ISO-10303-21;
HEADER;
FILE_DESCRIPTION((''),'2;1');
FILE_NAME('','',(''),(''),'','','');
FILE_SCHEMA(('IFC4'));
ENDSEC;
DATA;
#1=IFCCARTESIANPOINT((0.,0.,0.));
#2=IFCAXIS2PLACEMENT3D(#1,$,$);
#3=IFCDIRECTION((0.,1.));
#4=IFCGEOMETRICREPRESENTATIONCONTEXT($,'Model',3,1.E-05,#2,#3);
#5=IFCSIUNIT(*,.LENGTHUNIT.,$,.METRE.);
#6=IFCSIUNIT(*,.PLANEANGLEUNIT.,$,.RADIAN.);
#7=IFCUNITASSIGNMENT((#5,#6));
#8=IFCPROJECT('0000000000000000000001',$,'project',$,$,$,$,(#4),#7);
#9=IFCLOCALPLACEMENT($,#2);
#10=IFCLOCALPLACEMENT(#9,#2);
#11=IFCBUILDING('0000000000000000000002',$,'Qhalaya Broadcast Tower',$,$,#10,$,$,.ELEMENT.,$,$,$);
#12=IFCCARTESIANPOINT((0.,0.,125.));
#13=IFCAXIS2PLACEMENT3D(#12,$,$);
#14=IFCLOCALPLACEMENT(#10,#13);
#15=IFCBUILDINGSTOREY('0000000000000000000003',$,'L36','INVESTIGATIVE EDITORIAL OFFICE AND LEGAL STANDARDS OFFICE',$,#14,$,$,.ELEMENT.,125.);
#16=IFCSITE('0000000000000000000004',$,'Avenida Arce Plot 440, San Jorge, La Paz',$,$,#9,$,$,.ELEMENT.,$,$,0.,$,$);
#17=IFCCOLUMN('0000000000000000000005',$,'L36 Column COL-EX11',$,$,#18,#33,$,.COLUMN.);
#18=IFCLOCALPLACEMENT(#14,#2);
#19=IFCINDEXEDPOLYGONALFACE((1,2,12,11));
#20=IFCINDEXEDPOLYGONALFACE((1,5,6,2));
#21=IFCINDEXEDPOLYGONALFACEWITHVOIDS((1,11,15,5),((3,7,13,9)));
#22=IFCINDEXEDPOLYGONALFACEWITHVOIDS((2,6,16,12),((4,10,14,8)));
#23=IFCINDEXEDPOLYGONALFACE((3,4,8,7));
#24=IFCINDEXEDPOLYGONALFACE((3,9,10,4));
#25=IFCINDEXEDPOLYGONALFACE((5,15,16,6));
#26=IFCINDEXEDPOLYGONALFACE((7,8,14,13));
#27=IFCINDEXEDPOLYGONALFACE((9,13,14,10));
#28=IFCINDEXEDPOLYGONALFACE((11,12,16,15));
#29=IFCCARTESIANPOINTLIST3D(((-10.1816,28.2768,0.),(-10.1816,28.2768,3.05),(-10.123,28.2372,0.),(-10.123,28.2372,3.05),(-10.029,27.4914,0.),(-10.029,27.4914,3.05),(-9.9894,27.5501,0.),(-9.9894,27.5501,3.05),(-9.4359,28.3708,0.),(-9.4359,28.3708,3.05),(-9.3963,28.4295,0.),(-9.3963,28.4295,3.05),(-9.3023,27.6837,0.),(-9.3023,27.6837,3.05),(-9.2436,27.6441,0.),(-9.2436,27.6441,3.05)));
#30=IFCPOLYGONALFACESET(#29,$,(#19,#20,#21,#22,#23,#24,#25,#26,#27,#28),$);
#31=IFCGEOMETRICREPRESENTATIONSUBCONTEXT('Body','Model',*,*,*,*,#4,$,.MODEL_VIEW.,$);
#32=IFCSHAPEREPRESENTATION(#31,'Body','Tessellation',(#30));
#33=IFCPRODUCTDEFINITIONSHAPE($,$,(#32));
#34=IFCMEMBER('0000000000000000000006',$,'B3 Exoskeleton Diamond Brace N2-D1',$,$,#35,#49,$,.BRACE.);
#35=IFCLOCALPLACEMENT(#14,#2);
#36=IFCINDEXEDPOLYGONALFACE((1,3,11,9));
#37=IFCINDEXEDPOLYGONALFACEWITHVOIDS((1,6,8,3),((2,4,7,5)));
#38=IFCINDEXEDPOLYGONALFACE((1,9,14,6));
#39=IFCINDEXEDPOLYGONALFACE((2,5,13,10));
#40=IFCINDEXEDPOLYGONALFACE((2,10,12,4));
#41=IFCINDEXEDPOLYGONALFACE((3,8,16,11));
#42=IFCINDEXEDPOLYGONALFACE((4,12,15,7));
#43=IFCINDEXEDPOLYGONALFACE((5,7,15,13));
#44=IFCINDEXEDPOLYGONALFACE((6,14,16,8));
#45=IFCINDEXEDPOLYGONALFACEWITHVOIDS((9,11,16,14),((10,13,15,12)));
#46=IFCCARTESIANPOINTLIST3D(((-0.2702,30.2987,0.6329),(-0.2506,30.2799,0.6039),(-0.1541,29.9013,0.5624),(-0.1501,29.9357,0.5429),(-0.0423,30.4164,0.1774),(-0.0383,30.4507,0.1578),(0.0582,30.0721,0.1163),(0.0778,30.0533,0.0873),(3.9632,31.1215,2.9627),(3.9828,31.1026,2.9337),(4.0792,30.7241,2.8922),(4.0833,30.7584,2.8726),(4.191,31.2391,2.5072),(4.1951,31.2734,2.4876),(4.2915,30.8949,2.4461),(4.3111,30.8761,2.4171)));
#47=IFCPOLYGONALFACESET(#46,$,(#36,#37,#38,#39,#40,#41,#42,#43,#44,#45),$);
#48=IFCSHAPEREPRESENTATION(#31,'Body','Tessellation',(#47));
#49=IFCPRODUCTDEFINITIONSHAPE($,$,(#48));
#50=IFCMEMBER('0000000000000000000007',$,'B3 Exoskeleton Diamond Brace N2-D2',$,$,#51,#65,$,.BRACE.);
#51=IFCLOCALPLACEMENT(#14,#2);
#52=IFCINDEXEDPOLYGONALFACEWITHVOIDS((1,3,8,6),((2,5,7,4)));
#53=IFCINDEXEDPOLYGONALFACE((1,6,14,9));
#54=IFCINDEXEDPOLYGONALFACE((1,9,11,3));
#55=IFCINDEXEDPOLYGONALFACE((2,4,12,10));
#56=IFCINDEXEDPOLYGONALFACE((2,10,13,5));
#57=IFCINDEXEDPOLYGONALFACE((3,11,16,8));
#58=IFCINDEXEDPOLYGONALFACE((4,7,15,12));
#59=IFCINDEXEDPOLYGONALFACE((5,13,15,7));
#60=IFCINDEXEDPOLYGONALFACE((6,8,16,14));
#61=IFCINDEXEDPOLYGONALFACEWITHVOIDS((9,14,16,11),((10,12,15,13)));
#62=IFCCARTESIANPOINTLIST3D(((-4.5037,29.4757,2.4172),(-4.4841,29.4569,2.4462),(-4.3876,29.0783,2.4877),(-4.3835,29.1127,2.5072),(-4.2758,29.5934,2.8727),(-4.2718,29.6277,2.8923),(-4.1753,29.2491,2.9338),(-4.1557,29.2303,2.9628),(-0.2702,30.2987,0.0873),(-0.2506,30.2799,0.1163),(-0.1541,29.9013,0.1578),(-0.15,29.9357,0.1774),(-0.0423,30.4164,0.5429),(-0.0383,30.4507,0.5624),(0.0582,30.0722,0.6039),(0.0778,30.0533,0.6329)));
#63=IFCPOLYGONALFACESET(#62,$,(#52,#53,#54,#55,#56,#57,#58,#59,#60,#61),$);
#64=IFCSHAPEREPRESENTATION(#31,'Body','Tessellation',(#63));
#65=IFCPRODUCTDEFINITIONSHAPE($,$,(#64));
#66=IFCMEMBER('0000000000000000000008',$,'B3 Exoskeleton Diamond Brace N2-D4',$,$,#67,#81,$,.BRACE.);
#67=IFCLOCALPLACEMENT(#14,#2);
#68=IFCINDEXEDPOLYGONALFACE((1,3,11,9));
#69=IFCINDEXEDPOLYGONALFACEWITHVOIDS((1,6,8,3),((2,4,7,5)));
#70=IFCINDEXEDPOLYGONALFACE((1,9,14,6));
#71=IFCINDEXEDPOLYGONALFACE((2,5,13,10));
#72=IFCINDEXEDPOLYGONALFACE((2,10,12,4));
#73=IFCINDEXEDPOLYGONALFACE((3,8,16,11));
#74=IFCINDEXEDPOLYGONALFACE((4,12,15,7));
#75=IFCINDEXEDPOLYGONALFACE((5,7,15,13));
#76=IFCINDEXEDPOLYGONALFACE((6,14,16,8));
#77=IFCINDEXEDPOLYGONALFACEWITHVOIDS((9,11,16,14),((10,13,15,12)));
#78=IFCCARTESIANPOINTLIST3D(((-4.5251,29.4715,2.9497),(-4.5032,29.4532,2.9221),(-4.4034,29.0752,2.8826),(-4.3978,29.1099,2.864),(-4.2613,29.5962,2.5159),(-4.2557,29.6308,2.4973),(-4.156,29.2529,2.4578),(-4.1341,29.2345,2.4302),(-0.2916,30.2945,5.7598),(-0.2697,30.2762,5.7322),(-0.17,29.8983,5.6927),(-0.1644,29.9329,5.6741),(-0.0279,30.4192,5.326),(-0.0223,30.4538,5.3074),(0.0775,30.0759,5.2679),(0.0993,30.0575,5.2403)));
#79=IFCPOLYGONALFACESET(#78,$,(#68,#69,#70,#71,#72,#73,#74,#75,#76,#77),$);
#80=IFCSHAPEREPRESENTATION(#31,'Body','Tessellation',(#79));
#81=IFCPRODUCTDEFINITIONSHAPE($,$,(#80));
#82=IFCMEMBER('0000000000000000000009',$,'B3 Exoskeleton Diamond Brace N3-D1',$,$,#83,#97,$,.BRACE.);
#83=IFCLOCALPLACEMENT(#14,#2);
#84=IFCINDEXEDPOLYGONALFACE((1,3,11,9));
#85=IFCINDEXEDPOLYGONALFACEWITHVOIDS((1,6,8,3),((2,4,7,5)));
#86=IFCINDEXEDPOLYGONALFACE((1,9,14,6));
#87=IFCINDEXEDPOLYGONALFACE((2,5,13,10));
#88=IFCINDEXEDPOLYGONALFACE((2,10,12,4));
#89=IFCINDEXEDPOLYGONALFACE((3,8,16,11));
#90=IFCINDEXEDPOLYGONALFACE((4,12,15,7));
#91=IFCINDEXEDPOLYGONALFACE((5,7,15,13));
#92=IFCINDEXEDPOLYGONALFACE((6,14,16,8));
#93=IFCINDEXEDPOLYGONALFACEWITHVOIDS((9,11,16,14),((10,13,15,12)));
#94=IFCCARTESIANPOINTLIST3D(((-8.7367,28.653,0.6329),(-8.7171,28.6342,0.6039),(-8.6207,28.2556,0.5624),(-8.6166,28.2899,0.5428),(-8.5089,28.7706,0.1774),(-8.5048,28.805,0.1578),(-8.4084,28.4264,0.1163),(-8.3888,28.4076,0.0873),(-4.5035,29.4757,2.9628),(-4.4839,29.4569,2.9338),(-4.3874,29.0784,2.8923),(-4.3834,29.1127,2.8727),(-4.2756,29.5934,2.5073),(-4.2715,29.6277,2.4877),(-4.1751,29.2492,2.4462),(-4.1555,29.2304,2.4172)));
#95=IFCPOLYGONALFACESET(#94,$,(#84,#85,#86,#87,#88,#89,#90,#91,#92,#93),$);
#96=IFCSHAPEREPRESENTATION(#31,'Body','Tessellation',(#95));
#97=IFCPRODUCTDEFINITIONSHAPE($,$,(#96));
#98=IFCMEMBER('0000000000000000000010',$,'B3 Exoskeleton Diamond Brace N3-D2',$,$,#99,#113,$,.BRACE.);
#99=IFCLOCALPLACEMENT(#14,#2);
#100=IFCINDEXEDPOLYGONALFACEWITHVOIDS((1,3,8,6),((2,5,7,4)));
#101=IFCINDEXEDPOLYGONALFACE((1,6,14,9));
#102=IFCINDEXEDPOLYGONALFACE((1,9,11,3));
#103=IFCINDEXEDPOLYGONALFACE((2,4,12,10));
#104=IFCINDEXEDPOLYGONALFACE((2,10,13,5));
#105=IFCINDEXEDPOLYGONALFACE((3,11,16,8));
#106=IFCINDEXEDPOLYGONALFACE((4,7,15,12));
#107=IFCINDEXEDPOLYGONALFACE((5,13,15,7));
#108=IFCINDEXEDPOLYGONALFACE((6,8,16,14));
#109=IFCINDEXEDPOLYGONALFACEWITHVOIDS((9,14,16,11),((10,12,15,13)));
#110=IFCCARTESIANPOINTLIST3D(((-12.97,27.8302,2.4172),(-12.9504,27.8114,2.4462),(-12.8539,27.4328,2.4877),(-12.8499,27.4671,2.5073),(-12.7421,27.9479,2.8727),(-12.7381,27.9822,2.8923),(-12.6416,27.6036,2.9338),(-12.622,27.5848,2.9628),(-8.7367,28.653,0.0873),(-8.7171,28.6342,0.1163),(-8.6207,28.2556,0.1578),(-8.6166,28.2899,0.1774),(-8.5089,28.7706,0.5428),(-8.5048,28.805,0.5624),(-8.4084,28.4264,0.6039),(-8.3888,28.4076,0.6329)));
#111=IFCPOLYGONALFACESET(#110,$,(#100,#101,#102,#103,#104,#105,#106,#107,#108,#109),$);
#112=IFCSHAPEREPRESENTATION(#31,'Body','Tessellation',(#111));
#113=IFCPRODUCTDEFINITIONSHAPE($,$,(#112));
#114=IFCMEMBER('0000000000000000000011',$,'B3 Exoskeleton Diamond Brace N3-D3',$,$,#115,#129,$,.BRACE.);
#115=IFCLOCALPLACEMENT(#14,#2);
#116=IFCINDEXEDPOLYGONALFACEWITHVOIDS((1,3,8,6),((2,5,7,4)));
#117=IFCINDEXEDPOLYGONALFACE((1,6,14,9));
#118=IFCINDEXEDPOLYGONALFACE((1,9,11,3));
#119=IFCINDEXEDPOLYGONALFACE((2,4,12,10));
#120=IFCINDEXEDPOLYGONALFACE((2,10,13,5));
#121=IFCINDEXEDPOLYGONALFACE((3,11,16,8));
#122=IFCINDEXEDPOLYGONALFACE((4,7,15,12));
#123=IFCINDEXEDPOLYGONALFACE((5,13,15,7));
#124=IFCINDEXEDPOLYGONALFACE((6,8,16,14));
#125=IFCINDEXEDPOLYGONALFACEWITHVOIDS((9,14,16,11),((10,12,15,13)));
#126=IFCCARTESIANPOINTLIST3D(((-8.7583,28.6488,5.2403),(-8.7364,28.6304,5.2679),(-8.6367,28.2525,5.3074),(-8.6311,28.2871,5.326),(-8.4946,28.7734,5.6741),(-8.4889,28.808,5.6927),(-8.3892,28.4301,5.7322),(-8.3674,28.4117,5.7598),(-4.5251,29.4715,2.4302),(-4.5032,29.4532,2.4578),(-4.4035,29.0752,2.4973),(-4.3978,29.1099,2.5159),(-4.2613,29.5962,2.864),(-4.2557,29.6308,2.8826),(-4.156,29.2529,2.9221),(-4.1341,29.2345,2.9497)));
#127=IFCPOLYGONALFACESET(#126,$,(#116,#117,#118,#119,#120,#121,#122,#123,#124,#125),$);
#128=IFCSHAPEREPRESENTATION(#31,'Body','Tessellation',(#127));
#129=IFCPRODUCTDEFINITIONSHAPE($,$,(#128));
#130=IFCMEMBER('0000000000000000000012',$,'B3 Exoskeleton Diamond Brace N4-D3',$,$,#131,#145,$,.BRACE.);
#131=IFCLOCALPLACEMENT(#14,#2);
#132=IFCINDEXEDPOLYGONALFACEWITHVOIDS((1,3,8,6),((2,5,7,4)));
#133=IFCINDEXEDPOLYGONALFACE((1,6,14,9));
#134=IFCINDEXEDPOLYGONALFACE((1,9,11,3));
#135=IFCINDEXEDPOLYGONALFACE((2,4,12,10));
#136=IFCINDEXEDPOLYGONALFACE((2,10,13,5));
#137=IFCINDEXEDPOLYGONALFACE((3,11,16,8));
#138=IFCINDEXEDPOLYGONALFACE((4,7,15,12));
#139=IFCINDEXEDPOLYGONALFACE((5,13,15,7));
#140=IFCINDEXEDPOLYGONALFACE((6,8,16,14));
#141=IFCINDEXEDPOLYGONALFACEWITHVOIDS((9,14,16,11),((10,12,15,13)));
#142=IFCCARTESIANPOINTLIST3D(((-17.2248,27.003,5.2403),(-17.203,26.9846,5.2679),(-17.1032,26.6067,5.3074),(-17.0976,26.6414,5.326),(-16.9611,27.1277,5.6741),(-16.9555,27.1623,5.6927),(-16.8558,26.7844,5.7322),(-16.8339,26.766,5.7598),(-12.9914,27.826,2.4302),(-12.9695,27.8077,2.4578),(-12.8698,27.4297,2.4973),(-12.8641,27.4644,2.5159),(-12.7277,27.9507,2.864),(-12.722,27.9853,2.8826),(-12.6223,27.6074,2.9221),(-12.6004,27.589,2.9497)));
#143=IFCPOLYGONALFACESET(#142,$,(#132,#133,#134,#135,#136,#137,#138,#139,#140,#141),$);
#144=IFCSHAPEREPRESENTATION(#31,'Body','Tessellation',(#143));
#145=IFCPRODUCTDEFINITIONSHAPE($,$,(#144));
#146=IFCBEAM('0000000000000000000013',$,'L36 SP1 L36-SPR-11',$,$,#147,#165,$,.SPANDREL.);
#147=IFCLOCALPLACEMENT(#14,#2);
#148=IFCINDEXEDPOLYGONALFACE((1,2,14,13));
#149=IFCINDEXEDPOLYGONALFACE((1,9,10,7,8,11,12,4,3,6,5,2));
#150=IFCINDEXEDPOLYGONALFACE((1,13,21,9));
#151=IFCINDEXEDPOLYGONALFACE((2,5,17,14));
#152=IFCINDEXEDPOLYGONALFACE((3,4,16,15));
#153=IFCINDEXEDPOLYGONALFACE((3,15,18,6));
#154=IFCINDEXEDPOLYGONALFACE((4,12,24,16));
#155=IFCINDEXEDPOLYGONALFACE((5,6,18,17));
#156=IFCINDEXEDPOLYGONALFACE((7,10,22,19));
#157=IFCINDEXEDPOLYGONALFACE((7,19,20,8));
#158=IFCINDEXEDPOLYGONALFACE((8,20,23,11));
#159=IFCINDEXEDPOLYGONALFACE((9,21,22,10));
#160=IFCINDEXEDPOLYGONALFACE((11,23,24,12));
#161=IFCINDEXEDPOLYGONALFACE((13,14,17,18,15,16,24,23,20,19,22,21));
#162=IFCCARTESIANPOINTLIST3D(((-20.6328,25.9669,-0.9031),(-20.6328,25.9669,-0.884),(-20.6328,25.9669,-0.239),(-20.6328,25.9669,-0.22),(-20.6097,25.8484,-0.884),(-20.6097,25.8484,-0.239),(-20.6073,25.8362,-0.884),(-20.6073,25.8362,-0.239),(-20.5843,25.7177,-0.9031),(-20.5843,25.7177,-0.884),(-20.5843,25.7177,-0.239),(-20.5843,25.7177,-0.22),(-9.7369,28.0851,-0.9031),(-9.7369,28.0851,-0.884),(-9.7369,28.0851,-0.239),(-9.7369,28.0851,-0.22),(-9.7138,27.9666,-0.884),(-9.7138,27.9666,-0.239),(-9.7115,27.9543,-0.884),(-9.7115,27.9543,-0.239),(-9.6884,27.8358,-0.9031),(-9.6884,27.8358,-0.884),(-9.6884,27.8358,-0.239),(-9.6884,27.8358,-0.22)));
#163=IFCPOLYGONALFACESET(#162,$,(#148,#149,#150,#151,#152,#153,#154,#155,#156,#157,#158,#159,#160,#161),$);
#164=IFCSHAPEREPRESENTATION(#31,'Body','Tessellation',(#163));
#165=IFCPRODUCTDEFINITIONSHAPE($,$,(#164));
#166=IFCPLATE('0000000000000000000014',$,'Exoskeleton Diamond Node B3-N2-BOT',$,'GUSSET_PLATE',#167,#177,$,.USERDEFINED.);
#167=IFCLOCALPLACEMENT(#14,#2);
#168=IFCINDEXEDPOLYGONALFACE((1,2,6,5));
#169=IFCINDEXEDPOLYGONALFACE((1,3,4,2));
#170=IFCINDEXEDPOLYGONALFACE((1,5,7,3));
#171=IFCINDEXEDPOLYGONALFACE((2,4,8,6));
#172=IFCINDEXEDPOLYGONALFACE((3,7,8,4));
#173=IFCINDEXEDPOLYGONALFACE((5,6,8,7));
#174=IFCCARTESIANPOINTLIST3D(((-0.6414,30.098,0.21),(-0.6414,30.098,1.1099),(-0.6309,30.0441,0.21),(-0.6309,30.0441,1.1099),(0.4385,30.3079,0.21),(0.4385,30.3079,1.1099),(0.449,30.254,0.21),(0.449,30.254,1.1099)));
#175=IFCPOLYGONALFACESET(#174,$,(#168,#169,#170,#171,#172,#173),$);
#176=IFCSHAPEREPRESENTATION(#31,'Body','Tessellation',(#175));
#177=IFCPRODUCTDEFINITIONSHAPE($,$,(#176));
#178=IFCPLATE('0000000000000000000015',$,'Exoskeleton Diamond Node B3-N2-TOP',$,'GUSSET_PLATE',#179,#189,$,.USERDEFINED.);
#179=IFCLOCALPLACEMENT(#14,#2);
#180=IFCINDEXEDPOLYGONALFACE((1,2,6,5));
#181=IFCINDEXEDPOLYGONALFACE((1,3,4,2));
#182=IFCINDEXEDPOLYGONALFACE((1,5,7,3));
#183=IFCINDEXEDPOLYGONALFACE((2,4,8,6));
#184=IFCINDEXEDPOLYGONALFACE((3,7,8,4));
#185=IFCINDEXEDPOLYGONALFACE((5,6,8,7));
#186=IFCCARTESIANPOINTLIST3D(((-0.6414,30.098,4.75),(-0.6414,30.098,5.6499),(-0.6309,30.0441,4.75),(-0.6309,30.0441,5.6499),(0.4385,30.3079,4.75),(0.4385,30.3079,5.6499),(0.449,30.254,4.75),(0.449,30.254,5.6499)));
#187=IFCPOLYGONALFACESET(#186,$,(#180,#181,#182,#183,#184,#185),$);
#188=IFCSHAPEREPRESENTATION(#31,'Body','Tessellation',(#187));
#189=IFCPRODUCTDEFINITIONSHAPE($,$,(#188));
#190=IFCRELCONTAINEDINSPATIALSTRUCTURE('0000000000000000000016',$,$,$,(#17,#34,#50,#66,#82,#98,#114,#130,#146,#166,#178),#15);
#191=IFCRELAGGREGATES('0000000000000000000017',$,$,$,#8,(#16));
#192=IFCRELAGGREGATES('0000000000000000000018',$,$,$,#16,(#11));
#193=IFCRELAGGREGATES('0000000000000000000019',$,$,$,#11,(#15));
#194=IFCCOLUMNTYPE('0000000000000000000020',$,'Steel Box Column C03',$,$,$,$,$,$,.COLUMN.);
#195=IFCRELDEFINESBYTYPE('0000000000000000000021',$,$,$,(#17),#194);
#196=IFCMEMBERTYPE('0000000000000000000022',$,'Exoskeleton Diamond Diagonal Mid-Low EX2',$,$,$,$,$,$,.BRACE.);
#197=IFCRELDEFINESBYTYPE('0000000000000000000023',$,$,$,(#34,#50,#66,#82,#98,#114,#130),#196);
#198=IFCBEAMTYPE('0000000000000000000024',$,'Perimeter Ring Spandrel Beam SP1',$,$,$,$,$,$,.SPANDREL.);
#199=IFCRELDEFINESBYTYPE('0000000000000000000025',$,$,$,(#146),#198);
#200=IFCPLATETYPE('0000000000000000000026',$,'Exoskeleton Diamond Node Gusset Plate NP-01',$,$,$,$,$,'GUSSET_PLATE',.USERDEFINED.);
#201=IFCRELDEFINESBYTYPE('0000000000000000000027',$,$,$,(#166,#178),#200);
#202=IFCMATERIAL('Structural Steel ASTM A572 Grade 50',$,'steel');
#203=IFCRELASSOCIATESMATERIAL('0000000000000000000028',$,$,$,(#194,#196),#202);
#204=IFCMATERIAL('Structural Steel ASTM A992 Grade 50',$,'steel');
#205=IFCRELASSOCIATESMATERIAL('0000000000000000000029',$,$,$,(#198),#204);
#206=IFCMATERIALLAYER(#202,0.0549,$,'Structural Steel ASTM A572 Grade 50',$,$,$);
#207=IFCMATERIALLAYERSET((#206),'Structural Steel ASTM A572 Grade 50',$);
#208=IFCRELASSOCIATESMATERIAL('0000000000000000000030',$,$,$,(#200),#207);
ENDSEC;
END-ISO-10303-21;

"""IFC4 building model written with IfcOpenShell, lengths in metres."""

from ifc_helpers import new_model, si_unit, direction, frame, origin, origin_2d, place, context, subcontext, project, spatial, rectangle, hollow_rectangle, i_section, extrude, material, layer, layer_set, material_profile, profile_set, type_object, element, save


model = new_model("IFC4")

# Units and contexts
model_context = context("Model", 3, precision=1e-05, world=origin(), true_north=direction((0.0, 1.0)))
body_context = subcontext(model_context, "Body", "Model", "MODEL_VIEW")
ifc_project = project(units=[si_unit("LENGTHUNIT", "METRE"), si_unit("PLANEANGLEUNIT", "RADIAN")], contexts=[model_context])

# Site, building, storey
site_placement = place(None, origin())
site = spatial("IfcSite", under=ifc_project, at=site_placement, Name="Avenida Arce Plot 440, San Jorge, La Paz", CompositionType="ELEMENT", RefElevation=0.0)
building_placement = place(site_placement, origin())
building = spatial("IfcBuilding", under=site, at=building_placement, Name="Qhalaya Broadcast Tower", CompositionType="ELEMENT")
storey_placement = place(building_placement, frame((0.0, 0.0, 125.0)))
storey = spatial("IfcBuildingStorey", under=building, at=storey_placement, Name="L36", Description="INVESTIGATIVE EDITORIAL OFFICE AND LEGAL STANDARDS OFFICE", CompositionType="ELEMENT", Elevation=125.0)

# Column
ifc_material_1 = material(Name="Structural Steel ASTM A572 Grade 50", Category="steel")
ifc_material_profile_1 = material_profile(ifc_material_1, hollow_rectangle(XDim=0.8, YDim=0.8, WallThickness=0.05, at=origin_2d()), Name="BOX 800x800x50")
ifc_profile_set_1 = profile_set([ifc_material_profile_1], Name="Structural Steel ASTM A572 Grade 50")
column_type = type_object("IfcColumnType", Name="Steel Box Column C03", PredefinedType="COLUMN", material=ifc_profile_set_1)
column_placement = place(storey_placement, frame((-9.7126, 27.9604, 0.0), z_axis=(0.0, 0.0, 1.0), x_axis=(0.981627, 0.190809, 0.0)))
element("IfcColumn", 1, at=column_placement, inside=storey, type_object=column_type, Name="L36 Column COL-EX11", PredefinedType="COLUMN", context=body_context, shape_type="SweptSolid", body=[
    extrude(hollow_rectangle(XDim=0.8, YDim=0.8, WallThickness=0.05, at=origin_2d()), origin(), (0.0, 0.0, 1.0), 3.05),
])

# Members
ifc_material_profile_2 = material_profile(ifc_material_1, hollow_rectangle(XDim=0.4199, YDim=0.55, WallThickness=0.0281, at=origin_2d()), Name="BOX 420x550x28")
ifc_profile_set_2 = profile_set([ifc_material_profile_2], Name="Structural Steel ASTM A572 Grade 50")
member_type = type_object("IfcMemberType", Name="Exoskeleton Diamond Diagonal Mid-Low EX2", PredefinedType="BRACE", material=ifc_profile_set_2)
member_1_placement = place(storey_placement, frame((-0.0962, 30.176, 0.3601), z_axis=(0.863658, 0.167851, 0.475311), x_axis=(-0.276301, 0.946295, 0.167877)))
element("IfcMember", 2, at=member_1_placement, inside=storey, type_object=member_type, Name="B3 Exoskeleton Diamond Brace N2-D1", PredefinedType="BRACE", context=body_context, shape_type="SweptSolid", body=[
    extrude(hollow_rectangle(XDim=0.4199, YDim=0.55, WallThickness=0.0281, at=origin_2d()), origin(), (0.0, 0.0, 1.0), 4.9016),
])
member_2_placement = place(storey_placement, frame((-0.0962, 30.176, 0.3601), z_axis=(-0.863651, -0.167899, 0.475307), x_axis=(0.276353, -0.94628, 0.167878)))
element("IfcMember", 3, at=member_2_placement, inside=storey, type_object=member_type, Name="B3 Exoskeleton Diamond Brace N2-D2", PredefinedType="BRACE", context=body_context, shape_type="SweptSolid", body=[
    extrude(hollow_rectangle(XDim=0.4199, YDim=0.55, WallThickness=0.0281, at=origin_2d()), origin(), (0.0, 0.0, 1.0), 4.9019),
])
member_3_placement = place(storey_placement, frame((-4.3296, 29.353, 2.6899), z_axis=(0.822439, 0.159887, 0.545921), x_axis=(-0.28958, 0.943709, 0.159867)))
element("IfcMember", 4, at=member_3_placement, inside=storey, type_object=member_type, Name="B3 Exoskeleton Diamond Brace N2-D4", PredefinedType="BRACE", context=body_context, shape_type="SweptSolid", body=[
    extrude(hollow_rectangle(XDim=0.4199, YDim=0.55, WallThickness=0.0281, at=origin_2d()), origin(), (0.0, 0.0, 1.0), 5.1475),
])
for number, where, z_axis, x_axis, name in (
    (5, (-8.5627, 28.5303, 0.3601), (0.863646, 0.167858, 0.475331), (-0.276315, 0.946292, 0.167875), "B3 Exoskeleton Diamond Brace N3-D1"),
    (6, (-8.5627, 28.5303, 0.3601), (-0.863646, -0.167858, 0.475331), (0.276315, -0.946292, 0.167875), "B3 Exoskeleton Diamond Brace N3-D2"),
):
    element("IfcMember", number, at=place(storey_placement, frame(where, z_axis=z_axis, x_axis=x_axis)), inside=storey, type_object=member_type, Name=name, PredefinedType="BRACE", context=body_context, shape_type="SweptSolid", body=[
        extrude(hollow_rectangle(XDim=0.4199, YDim=0.55, WallThickness=0.0281, at=origin_2d()), origin(), (0.0, 0.0, 1.0), 4.9016),
    ])
member_4_placement = place(storey_placement, frame((-4.3296, 29.353, 2.6899), z_axis=(-0.82243, -0.159847, 0.545947), x_axis=(0.289542, -0.943721, 0.159864)))
element("IfcMember", 7, at=member_4_placement, inside=storey, type_object=member_type, Name="B3 Exoskeleton Diamond Brace N3-D3", PredefinedType="BRACE", context=body_context, shape_type="SweptSolid", body=[
    extrude(hollow_rectangle(XDim=0.4199, YDim=0.55, WallThickness=0.0281, at=origin_2d()), origin(), (0.0, 0.0, 1.0), 5.1472),
])
member_5_placement = place(storey_placement, frame((-12.7959, 27.7075, 2.6899), z_axis=(-0.822439, -0.159887, 0.545921), x_axis=(0.28958, -0.943709, 0.159867)))
element("IfcMember", 8, at=member_5_placement, inside=storey, type_object=member_type, Name="B3 Exoskeleton Diamond Brace N4-D3", PredefinedType="BRACE", context=body_context, shape_type="SweptSolid", body=[
    extrude(hollow_rectangle(XDim=0.4199, YDim=0.55, WallThickness=0.0281, at=origin_2d()), origin(), (0.0, 0.0, 1.0), 5.1475),
])

# Beam
ifc_material_2 = material(Name="Structural Steel ASTM A992 Grade 50", Category="steel")
ifc_material_profile_3 = material_profile(ifc_material_2, i_section(OverallWidth=0.2539, OverallDepth=0.6831, WebThickness=0.0125, FlangeThickness=0.019, at=origin_2d()), Name="W27X94")
ifc_profile_set_3 = profile_set([ifc_material_profile_3], Name="Structural Steel ASTM A992 Grade 50")
beam_type = type_object("IfcBeamType", Name="Perimeter Ring Spandrel Beam SP1", PredefinedType="SPANDREL", material=ifc_profile_set_3)
beam_placement = place(storey_placement, frame((-9.7126, 27.9604, -0.5615), z_axis=(-0.981624, -0.190826, 0.0), x_axis=(0.190826, -0.981624, 0.0)))
element("IfcBeam", 9, at=beam_placement, inside=storey, type_object=beam_type, Name="L36 SP1 L36-SPR-11", PredefinedType="SPANDREL", context=body_context, shape_type="SweptSolid", body=[
    extrude(i_section(OverallWidth=0.2539, OverallDepth=0.6831, WebThickness=0.0125, FlangeThickness=0.019, at=origin_2d()), origin(), (0.0, 0.0, 1.0), 11.0999),
])

# Plates
ifc_layer_1 = layer(ifc_material_1, 0.0549, Name="Structural Steel ASTM A572 Grade 50")
ifc_layer_set_1 = layer_set([ifc_layer_1], Name="Structural Steel ASTM A572 Grade 50")
plate_type_1 = type_object("IfcPlateType", Name="Exoskeleton Diamond Node Gusset Plate NP-01", ElementType="GUSSET_PLATE", PredefinedType="USERDEFINED", material=ifc_layer_set_1)
for number, where, z_axis, x_axis, name in (
    (10, (-0.0962, 30.176, 0.21), (0.0, 0.0, 1.0), (0.981627, 0.190809, 0.0), "Exoskeleton Diamond Node B3-N2-BOT"),
    (11, (-0.0962, 30.176, 4.75), (0.0, 0.0, 1.0), (0.981627, 0.190809, 0.0), "Exoskeleton Diamond Node B3-N2-TOP"),
):
    element("IfcPlate", number, at=place(storey_placement, frame(where, z_axis=z_axis, x_axis=x_axis)), inside=storey, type_object=plate_type_1, Name=name, ObjectType="GUSSET_PLATE", PredefinedType="USERDEFINED", context=body_context, shape_type="SweptSolid", body=[
        extrude(rectangle(XDim=1.1001, YDim=0.0549, at=origin_2d()), origin(), (0.0, 0.0, 1.0), 0.8999),
    ])

save(model, "model.ifc")
